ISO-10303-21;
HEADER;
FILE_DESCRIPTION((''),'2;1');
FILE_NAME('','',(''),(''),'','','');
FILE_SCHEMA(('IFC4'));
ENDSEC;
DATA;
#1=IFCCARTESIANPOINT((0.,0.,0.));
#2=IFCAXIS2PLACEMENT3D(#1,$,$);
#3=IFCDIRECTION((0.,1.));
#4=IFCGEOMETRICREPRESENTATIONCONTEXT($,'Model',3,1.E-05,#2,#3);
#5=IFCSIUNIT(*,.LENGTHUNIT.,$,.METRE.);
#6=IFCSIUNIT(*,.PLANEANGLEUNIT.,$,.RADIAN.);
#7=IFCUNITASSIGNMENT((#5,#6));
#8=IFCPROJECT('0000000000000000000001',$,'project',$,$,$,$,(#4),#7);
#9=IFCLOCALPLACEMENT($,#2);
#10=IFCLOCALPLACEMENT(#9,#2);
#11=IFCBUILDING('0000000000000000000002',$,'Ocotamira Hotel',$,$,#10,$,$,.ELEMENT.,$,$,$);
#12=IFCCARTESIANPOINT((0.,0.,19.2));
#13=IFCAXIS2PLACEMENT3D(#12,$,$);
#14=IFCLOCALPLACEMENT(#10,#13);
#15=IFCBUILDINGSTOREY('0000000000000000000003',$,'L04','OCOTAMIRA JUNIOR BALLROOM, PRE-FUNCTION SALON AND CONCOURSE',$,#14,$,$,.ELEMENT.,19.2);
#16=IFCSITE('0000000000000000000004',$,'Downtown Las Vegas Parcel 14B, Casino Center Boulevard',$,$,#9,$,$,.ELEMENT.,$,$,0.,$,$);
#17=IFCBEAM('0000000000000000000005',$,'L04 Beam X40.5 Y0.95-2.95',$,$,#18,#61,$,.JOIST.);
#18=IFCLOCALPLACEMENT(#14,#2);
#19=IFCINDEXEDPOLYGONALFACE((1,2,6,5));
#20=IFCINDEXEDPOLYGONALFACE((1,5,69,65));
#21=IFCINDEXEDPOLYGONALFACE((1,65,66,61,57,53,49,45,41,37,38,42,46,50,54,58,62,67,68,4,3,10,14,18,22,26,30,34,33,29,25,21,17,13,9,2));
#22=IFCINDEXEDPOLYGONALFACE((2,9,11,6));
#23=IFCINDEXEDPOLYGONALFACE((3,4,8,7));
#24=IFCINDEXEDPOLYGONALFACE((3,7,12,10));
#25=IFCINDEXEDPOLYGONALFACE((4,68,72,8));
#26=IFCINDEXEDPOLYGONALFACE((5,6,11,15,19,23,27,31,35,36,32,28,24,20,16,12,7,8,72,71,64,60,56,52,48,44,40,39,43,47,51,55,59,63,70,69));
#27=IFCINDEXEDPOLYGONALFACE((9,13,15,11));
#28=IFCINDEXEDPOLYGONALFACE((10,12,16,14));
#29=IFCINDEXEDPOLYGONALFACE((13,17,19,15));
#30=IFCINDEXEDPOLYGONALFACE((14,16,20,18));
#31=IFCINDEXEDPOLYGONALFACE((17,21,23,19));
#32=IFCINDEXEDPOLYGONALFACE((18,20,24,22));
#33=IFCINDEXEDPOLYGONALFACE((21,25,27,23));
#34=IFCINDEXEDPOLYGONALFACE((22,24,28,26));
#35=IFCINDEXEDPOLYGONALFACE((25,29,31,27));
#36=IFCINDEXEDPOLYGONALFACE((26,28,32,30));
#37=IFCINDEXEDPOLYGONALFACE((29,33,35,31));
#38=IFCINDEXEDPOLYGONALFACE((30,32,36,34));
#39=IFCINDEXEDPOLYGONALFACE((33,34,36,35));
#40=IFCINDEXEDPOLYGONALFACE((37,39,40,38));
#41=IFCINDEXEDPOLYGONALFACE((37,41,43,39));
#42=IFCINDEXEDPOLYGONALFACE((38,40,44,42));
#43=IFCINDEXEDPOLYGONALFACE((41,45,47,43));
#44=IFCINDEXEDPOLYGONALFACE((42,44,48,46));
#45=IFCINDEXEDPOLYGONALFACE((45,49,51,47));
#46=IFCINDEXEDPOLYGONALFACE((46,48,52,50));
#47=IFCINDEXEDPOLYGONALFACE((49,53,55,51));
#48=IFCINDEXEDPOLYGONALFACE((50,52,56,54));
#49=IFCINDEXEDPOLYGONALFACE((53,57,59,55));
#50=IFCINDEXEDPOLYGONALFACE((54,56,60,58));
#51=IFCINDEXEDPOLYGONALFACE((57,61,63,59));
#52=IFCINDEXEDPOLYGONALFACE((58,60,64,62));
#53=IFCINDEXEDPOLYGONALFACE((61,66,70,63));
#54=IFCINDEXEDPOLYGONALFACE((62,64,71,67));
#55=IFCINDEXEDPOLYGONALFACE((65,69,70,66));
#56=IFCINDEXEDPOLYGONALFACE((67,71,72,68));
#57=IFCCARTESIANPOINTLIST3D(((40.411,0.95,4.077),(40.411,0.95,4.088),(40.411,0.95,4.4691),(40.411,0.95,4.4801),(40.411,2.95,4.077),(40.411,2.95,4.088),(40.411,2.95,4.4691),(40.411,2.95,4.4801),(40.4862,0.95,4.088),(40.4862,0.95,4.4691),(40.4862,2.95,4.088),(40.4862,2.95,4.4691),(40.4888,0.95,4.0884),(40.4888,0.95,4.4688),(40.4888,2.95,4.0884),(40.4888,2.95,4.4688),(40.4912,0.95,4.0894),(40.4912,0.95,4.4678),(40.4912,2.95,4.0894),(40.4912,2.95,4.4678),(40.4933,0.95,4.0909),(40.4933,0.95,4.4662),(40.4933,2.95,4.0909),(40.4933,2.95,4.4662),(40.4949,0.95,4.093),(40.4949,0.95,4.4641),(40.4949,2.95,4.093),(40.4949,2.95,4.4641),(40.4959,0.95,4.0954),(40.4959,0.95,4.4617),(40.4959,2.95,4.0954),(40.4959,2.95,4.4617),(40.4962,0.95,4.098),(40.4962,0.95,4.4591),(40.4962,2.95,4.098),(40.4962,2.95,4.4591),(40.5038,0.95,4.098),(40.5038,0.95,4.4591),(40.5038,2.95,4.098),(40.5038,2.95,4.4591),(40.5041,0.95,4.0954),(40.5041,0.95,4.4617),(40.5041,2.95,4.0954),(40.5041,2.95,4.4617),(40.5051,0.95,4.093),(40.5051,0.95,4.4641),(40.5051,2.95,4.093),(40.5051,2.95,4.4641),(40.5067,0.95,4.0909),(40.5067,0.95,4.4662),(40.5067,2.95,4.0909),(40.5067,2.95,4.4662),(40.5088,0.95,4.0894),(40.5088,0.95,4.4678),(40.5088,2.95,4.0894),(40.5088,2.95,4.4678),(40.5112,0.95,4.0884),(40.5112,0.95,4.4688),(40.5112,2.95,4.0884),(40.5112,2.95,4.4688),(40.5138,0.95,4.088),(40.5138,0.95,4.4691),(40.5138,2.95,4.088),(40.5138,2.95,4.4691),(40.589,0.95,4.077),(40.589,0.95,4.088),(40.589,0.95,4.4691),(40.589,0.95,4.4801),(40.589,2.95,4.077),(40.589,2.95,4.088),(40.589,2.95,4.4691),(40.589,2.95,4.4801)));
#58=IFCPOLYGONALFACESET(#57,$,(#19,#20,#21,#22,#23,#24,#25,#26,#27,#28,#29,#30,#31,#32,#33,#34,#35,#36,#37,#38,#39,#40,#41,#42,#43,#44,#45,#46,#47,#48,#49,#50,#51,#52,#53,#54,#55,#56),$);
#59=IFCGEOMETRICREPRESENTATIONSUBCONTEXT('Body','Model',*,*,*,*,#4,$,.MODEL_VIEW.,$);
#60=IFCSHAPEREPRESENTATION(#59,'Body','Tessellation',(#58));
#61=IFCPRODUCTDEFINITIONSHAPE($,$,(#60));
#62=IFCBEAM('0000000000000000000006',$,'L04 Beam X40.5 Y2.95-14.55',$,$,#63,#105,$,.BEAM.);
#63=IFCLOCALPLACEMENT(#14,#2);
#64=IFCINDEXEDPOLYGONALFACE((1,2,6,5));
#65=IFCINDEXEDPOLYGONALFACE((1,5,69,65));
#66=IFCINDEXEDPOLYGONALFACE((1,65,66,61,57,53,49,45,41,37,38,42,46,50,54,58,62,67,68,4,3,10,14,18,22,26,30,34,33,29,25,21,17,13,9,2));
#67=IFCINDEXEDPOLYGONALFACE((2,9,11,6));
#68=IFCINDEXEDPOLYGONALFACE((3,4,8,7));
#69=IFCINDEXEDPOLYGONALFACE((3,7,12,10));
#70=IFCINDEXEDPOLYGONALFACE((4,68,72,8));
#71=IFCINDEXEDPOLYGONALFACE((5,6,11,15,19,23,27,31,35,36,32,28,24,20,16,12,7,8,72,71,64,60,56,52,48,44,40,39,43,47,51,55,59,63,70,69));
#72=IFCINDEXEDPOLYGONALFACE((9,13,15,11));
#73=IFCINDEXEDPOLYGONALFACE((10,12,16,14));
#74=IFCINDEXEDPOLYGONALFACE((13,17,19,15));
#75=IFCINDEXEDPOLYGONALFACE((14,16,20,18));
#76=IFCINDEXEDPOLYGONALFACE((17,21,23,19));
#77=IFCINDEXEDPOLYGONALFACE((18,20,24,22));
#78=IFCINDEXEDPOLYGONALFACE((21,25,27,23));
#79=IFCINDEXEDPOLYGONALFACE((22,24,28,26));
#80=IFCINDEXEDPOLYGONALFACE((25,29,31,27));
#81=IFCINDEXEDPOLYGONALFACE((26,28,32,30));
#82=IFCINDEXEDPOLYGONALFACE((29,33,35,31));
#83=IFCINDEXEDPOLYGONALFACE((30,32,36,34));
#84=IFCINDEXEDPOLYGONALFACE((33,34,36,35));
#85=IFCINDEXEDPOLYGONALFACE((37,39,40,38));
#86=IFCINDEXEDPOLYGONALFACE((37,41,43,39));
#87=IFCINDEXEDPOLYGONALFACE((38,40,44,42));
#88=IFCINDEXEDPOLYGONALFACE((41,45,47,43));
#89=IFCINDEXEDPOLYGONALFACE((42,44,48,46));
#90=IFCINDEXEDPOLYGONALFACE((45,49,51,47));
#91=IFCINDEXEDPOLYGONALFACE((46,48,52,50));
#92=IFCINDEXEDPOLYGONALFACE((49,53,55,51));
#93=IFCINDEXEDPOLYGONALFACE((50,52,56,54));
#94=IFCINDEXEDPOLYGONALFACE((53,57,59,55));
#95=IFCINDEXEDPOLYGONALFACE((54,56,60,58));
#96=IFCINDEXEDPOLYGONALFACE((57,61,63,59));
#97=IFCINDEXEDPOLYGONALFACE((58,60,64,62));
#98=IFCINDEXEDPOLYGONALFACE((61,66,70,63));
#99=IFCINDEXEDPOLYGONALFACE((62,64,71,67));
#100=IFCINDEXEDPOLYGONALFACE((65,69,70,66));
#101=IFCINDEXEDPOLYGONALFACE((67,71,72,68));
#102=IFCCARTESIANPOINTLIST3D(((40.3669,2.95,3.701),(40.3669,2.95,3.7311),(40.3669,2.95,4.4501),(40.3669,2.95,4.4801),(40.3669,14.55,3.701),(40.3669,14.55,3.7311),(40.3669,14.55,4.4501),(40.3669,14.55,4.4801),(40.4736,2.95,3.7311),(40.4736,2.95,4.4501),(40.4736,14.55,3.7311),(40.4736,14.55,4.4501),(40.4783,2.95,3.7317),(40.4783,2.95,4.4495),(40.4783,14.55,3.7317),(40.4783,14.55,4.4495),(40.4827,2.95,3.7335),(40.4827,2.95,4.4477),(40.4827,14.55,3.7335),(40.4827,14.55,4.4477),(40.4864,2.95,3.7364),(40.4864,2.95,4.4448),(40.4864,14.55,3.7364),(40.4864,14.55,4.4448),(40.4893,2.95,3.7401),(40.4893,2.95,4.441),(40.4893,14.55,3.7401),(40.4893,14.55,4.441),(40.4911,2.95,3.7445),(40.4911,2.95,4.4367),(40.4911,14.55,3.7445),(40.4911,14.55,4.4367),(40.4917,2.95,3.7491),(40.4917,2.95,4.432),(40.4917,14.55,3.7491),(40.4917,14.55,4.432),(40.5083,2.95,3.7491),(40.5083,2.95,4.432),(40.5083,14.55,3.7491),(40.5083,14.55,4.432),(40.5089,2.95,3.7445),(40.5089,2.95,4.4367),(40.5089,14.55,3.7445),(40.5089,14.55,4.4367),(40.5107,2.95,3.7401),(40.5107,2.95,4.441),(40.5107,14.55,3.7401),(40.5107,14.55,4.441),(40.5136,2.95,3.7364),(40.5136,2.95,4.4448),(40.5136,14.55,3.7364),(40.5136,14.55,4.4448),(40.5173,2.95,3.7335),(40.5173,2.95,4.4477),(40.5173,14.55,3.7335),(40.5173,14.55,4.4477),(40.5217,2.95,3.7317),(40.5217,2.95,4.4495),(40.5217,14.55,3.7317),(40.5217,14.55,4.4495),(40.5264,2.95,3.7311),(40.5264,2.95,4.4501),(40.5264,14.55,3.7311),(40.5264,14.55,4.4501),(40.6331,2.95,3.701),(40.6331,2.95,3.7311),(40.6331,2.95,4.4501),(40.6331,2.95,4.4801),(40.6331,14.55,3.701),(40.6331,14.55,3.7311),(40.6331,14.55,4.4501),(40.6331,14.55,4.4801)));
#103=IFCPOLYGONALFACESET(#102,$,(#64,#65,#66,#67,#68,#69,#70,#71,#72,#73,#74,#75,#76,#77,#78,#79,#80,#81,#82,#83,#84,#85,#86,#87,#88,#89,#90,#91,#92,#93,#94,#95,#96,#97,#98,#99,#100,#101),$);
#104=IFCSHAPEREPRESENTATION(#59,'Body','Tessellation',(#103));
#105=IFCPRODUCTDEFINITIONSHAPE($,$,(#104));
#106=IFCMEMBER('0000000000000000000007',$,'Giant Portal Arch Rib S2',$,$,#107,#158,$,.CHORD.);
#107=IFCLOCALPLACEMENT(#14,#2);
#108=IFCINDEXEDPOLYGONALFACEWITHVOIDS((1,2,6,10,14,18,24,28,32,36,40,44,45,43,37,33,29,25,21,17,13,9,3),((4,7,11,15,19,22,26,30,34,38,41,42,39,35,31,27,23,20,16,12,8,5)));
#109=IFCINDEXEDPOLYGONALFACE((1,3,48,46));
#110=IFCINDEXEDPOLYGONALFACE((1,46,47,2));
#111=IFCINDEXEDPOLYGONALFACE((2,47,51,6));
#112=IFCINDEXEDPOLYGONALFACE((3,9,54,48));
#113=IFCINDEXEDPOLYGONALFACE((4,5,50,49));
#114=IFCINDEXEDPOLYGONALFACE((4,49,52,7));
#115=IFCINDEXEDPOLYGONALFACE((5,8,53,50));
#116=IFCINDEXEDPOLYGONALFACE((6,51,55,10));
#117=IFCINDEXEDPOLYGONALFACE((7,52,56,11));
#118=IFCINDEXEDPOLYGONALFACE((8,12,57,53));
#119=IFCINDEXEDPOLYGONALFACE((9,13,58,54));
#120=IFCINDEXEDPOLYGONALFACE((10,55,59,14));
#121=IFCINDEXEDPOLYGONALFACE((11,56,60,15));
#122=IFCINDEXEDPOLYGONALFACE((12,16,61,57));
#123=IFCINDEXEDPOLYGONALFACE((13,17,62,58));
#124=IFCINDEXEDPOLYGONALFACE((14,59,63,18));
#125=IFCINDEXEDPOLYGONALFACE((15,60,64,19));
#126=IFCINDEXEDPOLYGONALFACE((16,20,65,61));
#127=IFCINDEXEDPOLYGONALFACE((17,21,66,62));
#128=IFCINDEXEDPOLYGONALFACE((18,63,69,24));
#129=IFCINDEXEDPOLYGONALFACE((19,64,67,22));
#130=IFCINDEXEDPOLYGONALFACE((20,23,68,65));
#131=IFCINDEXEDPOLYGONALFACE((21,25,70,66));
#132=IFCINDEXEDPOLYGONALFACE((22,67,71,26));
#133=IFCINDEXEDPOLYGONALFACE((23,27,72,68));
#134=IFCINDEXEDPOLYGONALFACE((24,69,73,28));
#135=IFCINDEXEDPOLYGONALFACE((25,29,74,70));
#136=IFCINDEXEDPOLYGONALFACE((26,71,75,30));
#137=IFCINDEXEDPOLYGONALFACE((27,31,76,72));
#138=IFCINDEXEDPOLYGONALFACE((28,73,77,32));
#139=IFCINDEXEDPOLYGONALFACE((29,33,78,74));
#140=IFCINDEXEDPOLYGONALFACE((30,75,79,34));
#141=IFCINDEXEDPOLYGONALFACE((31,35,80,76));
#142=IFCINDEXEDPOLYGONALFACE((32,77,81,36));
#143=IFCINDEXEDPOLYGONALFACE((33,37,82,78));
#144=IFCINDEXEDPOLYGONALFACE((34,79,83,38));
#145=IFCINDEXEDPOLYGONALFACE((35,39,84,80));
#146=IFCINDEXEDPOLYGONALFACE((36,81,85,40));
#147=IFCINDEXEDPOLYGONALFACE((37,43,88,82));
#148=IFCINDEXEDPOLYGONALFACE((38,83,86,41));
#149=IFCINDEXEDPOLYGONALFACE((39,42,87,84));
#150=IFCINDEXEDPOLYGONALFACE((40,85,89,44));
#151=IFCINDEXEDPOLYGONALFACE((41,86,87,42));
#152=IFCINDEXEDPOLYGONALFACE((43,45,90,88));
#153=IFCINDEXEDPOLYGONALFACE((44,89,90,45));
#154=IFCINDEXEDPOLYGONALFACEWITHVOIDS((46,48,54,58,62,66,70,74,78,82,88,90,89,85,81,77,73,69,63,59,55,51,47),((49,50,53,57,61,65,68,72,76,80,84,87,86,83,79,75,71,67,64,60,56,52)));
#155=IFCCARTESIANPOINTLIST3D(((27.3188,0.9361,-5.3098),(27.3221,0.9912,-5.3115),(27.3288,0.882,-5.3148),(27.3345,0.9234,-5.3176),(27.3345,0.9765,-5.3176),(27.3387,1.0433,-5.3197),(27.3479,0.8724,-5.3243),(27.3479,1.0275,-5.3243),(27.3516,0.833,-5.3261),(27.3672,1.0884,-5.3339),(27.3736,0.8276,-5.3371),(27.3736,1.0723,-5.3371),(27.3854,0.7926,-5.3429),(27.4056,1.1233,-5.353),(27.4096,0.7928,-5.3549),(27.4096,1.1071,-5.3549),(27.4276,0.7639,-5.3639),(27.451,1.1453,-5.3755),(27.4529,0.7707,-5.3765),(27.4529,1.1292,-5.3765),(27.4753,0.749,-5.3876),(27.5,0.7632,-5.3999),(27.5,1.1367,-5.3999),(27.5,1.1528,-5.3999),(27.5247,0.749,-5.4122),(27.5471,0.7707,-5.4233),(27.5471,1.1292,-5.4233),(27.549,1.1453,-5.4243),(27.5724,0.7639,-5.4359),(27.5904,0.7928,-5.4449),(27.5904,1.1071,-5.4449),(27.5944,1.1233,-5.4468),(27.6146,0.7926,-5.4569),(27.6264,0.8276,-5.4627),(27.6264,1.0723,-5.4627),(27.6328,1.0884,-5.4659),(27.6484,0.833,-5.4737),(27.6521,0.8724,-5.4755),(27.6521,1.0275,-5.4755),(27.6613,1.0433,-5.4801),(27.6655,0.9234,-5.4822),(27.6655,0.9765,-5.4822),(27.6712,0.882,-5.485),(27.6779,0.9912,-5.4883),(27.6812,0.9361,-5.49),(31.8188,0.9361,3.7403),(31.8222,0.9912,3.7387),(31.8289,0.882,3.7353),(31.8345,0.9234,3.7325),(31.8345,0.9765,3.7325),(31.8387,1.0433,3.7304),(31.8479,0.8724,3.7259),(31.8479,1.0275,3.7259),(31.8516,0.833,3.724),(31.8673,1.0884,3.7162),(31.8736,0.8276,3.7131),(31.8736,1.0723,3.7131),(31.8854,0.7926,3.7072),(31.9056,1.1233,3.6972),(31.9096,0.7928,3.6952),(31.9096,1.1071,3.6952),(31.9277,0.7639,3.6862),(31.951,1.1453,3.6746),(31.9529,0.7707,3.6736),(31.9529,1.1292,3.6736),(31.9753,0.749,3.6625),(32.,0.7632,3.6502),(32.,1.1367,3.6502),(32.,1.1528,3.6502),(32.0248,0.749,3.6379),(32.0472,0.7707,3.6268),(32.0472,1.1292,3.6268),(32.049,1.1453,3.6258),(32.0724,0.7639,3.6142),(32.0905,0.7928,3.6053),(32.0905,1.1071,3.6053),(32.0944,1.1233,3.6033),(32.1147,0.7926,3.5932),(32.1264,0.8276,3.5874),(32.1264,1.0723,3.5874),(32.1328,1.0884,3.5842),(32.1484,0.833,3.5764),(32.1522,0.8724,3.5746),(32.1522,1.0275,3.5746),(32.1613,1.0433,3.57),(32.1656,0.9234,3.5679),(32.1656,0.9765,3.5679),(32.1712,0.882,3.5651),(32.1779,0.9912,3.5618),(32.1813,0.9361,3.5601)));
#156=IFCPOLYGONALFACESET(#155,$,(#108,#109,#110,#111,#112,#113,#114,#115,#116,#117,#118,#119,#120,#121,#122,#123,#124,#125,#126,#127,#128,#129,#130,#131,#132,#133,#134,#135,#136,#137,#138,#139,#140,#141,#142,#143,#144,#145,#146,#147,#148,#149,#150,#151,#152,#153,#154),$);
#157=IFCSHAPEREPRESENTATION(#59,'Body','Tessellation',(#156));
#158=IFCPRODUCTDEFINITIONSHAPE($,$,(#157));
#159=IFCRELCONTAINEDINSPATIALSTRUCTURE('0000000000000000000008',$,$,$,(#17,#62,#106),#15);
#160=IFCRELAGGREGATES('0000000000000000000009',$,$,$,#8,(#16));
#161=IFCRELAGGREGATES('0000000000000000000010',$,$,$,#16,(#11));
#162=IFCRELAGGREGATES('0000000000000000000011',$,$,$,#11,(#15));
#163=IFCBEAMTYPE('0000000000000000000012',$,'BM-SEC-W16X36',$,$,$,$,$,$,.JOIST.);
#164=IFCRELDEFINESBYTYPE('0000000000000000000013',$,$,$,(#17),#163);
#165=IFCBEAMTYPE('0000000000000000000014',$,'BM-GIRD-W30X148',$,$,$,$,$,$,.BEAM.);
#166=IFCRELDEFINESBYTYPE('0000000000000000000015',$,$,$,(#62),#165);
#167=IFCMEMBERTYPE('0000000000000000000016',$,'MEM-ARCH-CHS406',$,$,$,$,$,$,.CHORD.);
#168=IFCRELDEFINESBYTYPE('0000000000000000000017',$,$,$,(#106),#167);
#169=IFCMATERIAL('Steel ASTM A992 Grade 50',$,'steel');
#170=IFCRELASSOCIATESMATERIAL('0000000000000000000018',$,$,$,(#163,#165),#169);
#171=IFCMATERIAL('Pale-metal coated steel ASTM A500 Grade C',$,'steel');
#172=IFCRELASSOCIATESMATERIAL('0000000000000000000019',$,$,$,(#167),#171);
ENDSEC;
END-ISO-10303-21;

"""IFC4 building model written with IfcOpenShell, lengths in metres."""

from ifc_helpers import new_model, si_unit, direction, frame, origin, origin_2d, place, context, subcontext, project, spatial, hollow_circle, i_section, extrude, source, transform, mapped, material, material_profile, profile_set, type_object, element, save


model = new_model("IFC4")

# Units and contexts
model_context = context("Model", 3, precision=1e-05, world=origin(), true_north=direction((0.0, 1.0)))
body_context = subcontext(model_context, "Body", "Model", "MODEL_VIEW")
ifc_project = project(units=[si_unit("LENGTHUNIT", "METRE"), si_unit("PLANEANGLEUNIT", "RADIAN")], contexts=[model_context])

# Site, building, storey
site_placement = place(None, origin())
site = spatial("IfcSite", under=ifc_project, at=site_placement, Name="Downtown Las Vegas Parcel 14B, Casino Center Boulevard", CompositionType="ELEMENT", RefElevation=0.0)
building_placement = place(site_placement, origin())
building = spatial("IfcBuilding", under=site, at=building_placement, Name="Ocotamira Hotel", CompositionType="ELEMENT")
storey_placement = place(building_placement, frame((0.0, 0.0, 19.2)))
storey = spatial("IfcBuildingStorey", under=building, at=storey_placement, Name="L04", Description="OCOTAMIRA JUNIOR BALLROOM, PRE-FUNCTION SALON AND CONCOURSE", CompositionType="ELEMENT", Elevation=19.2)

# Beams
ifc_material_1 = material(Name="Steel ASTM A992 Grade 50", Category="steel")
ifc_material_profile_1 = material_profile(ifc_material_1, i_section(OverallWidth=0.178, OverallDepth=0.4031, WebThickness=0.0076, FlangeThickness=0.011, FilletRadius=0.01, at=origin_2d()), Name="W16X36")
ifc_profile_set_1 = profile_set([ifc_material_profile_1], Name="Steel ASTM A992 Grade 50")
beam_type_1 = type_object("IfcBeamType", Name="BM-SEC-W16X36", PredefinedType="JOIST", material=ifc_profile_set_1)
shared_shape_1 = source(origin(), body_context, "Body", "SweptSolid", [
    extrude(i_section(OverallWidth=0.178, OverallDepth=0.4031, WebThickness=0.0076, FlangeThickness=0.011, FilletRadius=0.01, at=origin_2d()), origin(), (0.0, 0.0, 1.0), 2.0),
])
beam_1_placement = place(storey_placement, frame((40.5, 0.95, 4.2786), z_axis=(0.0, 1.0, 0.0), x_axis=(-1.0, 0.0, 0.0)))
element("IfcBeam", 1, at=beam_1_placement, inside=storey, type_object=beam_type_1, Name="L04 Beam X40.5 Y0.95-2.95", PredefinedType="JOIST", context=body_context, shape_type="MappedRepresentation", body=[
    mapped(shared_shape_1, transform((0.0, 0.0, 0.0), scale=1.0)),
])
ifc_material_profile_2 = material_profile(ifc_material_1, i_section(OverallWidth=0.2661, OverallDepth=0.7791, WebThickness=0.0166, FlangeThickness=0.03, FilletRadius=0.0181, at=origin_2d()), Name="W30X148")
ifc_profile_set_2 = profile_set([ifc_material_profile_2], Name="Steel ASTM A992 Grade 50")
beam_type_2 = type_object("IfcBeamType", Name="BM-GIRD-W30X148", PredefinedType="BEAM", material=ifc_profile_set_2)
shared_shape_2 = source(origin(), body_context, "Body", "SweptSolid", [
    extrude(i_section(OverallWidth=0.2661, OverallDepth=0.7791, WebThickness=0.0166, FlangeThickness=0.03, FilletRadius=0.0181, at=origin_2d()), origin(), (0.0, 0.0, 1.0), 11.6001),
])
beam_2_placement = place(storey_placement, frame((40.5, 2.95, 4.0906), z_axis=(0.0, 1.0, 0.0), x_axis=(-1.0, 0.0, 0.0)))
element("IfcBeam", 2, at=beam_2_placement, inside=storey, type_object=beam_type_2, Name="L04 Beam X40.5 Y2.95-14.55", PredefinedType="BEAM", context=body_context, shape_type="MappedRepresentation", body=[
    mapped(shared_shape_2, transform((0.0, 0.0, 0.0), scale=1.0)),
])

# Member
ifc_material_2 = material(Name="Pale-metal coated steel ASTM A500 Grade C", Category="steel")
ifc_material_profile_3 = material_profile(ifc_material_2, hollow_circle(Radius=0.2029, WallThickness=0.0161, at=origin_2d()), Name="CHS406X16")
ifc_profile_set_3 = profile_set([ifc_material_profile_3], Name="Pale-metal coated steel ASTM A500 Grade C")
member_type_1 = type_object("IfcMemberType", Name="MEM-ARCH-CHS406", PredefinedType="CHORD", material=ifc_profile_set_3)
shared_shape_3 = source(origin(), body_context, "Body", "SweptSolid", [
    extrude(hollow_circle(Radius=0.2029, WallThickness=0.0161, at=origin_2d()), origin(), (0.0, 0.0, 1.0), 10.1072),
])
for number, where, z_axis, x_axis, name in (
    (3, (27.5, 0.95, -5.3999), (0.445232, 0.0, 0.895415), (0.0, 1.0, 0.0), "Giant Portal Arch Rib S2"),
):
    element("IfcMember", number, at=place(storey_placement, frame(where, z_axis=z_axis, x_axis=x_axis)), inside=storey, type_object=member_type_1, Name=name, PredefinedType="CHORD", context=body_context, shape_type="MappedRepresentation", body=[
        mapped(shared_shape_3, transform((0.0, 0.0, 0.0), scale=1.0)),
    ])

save(model, "model.ifc")
